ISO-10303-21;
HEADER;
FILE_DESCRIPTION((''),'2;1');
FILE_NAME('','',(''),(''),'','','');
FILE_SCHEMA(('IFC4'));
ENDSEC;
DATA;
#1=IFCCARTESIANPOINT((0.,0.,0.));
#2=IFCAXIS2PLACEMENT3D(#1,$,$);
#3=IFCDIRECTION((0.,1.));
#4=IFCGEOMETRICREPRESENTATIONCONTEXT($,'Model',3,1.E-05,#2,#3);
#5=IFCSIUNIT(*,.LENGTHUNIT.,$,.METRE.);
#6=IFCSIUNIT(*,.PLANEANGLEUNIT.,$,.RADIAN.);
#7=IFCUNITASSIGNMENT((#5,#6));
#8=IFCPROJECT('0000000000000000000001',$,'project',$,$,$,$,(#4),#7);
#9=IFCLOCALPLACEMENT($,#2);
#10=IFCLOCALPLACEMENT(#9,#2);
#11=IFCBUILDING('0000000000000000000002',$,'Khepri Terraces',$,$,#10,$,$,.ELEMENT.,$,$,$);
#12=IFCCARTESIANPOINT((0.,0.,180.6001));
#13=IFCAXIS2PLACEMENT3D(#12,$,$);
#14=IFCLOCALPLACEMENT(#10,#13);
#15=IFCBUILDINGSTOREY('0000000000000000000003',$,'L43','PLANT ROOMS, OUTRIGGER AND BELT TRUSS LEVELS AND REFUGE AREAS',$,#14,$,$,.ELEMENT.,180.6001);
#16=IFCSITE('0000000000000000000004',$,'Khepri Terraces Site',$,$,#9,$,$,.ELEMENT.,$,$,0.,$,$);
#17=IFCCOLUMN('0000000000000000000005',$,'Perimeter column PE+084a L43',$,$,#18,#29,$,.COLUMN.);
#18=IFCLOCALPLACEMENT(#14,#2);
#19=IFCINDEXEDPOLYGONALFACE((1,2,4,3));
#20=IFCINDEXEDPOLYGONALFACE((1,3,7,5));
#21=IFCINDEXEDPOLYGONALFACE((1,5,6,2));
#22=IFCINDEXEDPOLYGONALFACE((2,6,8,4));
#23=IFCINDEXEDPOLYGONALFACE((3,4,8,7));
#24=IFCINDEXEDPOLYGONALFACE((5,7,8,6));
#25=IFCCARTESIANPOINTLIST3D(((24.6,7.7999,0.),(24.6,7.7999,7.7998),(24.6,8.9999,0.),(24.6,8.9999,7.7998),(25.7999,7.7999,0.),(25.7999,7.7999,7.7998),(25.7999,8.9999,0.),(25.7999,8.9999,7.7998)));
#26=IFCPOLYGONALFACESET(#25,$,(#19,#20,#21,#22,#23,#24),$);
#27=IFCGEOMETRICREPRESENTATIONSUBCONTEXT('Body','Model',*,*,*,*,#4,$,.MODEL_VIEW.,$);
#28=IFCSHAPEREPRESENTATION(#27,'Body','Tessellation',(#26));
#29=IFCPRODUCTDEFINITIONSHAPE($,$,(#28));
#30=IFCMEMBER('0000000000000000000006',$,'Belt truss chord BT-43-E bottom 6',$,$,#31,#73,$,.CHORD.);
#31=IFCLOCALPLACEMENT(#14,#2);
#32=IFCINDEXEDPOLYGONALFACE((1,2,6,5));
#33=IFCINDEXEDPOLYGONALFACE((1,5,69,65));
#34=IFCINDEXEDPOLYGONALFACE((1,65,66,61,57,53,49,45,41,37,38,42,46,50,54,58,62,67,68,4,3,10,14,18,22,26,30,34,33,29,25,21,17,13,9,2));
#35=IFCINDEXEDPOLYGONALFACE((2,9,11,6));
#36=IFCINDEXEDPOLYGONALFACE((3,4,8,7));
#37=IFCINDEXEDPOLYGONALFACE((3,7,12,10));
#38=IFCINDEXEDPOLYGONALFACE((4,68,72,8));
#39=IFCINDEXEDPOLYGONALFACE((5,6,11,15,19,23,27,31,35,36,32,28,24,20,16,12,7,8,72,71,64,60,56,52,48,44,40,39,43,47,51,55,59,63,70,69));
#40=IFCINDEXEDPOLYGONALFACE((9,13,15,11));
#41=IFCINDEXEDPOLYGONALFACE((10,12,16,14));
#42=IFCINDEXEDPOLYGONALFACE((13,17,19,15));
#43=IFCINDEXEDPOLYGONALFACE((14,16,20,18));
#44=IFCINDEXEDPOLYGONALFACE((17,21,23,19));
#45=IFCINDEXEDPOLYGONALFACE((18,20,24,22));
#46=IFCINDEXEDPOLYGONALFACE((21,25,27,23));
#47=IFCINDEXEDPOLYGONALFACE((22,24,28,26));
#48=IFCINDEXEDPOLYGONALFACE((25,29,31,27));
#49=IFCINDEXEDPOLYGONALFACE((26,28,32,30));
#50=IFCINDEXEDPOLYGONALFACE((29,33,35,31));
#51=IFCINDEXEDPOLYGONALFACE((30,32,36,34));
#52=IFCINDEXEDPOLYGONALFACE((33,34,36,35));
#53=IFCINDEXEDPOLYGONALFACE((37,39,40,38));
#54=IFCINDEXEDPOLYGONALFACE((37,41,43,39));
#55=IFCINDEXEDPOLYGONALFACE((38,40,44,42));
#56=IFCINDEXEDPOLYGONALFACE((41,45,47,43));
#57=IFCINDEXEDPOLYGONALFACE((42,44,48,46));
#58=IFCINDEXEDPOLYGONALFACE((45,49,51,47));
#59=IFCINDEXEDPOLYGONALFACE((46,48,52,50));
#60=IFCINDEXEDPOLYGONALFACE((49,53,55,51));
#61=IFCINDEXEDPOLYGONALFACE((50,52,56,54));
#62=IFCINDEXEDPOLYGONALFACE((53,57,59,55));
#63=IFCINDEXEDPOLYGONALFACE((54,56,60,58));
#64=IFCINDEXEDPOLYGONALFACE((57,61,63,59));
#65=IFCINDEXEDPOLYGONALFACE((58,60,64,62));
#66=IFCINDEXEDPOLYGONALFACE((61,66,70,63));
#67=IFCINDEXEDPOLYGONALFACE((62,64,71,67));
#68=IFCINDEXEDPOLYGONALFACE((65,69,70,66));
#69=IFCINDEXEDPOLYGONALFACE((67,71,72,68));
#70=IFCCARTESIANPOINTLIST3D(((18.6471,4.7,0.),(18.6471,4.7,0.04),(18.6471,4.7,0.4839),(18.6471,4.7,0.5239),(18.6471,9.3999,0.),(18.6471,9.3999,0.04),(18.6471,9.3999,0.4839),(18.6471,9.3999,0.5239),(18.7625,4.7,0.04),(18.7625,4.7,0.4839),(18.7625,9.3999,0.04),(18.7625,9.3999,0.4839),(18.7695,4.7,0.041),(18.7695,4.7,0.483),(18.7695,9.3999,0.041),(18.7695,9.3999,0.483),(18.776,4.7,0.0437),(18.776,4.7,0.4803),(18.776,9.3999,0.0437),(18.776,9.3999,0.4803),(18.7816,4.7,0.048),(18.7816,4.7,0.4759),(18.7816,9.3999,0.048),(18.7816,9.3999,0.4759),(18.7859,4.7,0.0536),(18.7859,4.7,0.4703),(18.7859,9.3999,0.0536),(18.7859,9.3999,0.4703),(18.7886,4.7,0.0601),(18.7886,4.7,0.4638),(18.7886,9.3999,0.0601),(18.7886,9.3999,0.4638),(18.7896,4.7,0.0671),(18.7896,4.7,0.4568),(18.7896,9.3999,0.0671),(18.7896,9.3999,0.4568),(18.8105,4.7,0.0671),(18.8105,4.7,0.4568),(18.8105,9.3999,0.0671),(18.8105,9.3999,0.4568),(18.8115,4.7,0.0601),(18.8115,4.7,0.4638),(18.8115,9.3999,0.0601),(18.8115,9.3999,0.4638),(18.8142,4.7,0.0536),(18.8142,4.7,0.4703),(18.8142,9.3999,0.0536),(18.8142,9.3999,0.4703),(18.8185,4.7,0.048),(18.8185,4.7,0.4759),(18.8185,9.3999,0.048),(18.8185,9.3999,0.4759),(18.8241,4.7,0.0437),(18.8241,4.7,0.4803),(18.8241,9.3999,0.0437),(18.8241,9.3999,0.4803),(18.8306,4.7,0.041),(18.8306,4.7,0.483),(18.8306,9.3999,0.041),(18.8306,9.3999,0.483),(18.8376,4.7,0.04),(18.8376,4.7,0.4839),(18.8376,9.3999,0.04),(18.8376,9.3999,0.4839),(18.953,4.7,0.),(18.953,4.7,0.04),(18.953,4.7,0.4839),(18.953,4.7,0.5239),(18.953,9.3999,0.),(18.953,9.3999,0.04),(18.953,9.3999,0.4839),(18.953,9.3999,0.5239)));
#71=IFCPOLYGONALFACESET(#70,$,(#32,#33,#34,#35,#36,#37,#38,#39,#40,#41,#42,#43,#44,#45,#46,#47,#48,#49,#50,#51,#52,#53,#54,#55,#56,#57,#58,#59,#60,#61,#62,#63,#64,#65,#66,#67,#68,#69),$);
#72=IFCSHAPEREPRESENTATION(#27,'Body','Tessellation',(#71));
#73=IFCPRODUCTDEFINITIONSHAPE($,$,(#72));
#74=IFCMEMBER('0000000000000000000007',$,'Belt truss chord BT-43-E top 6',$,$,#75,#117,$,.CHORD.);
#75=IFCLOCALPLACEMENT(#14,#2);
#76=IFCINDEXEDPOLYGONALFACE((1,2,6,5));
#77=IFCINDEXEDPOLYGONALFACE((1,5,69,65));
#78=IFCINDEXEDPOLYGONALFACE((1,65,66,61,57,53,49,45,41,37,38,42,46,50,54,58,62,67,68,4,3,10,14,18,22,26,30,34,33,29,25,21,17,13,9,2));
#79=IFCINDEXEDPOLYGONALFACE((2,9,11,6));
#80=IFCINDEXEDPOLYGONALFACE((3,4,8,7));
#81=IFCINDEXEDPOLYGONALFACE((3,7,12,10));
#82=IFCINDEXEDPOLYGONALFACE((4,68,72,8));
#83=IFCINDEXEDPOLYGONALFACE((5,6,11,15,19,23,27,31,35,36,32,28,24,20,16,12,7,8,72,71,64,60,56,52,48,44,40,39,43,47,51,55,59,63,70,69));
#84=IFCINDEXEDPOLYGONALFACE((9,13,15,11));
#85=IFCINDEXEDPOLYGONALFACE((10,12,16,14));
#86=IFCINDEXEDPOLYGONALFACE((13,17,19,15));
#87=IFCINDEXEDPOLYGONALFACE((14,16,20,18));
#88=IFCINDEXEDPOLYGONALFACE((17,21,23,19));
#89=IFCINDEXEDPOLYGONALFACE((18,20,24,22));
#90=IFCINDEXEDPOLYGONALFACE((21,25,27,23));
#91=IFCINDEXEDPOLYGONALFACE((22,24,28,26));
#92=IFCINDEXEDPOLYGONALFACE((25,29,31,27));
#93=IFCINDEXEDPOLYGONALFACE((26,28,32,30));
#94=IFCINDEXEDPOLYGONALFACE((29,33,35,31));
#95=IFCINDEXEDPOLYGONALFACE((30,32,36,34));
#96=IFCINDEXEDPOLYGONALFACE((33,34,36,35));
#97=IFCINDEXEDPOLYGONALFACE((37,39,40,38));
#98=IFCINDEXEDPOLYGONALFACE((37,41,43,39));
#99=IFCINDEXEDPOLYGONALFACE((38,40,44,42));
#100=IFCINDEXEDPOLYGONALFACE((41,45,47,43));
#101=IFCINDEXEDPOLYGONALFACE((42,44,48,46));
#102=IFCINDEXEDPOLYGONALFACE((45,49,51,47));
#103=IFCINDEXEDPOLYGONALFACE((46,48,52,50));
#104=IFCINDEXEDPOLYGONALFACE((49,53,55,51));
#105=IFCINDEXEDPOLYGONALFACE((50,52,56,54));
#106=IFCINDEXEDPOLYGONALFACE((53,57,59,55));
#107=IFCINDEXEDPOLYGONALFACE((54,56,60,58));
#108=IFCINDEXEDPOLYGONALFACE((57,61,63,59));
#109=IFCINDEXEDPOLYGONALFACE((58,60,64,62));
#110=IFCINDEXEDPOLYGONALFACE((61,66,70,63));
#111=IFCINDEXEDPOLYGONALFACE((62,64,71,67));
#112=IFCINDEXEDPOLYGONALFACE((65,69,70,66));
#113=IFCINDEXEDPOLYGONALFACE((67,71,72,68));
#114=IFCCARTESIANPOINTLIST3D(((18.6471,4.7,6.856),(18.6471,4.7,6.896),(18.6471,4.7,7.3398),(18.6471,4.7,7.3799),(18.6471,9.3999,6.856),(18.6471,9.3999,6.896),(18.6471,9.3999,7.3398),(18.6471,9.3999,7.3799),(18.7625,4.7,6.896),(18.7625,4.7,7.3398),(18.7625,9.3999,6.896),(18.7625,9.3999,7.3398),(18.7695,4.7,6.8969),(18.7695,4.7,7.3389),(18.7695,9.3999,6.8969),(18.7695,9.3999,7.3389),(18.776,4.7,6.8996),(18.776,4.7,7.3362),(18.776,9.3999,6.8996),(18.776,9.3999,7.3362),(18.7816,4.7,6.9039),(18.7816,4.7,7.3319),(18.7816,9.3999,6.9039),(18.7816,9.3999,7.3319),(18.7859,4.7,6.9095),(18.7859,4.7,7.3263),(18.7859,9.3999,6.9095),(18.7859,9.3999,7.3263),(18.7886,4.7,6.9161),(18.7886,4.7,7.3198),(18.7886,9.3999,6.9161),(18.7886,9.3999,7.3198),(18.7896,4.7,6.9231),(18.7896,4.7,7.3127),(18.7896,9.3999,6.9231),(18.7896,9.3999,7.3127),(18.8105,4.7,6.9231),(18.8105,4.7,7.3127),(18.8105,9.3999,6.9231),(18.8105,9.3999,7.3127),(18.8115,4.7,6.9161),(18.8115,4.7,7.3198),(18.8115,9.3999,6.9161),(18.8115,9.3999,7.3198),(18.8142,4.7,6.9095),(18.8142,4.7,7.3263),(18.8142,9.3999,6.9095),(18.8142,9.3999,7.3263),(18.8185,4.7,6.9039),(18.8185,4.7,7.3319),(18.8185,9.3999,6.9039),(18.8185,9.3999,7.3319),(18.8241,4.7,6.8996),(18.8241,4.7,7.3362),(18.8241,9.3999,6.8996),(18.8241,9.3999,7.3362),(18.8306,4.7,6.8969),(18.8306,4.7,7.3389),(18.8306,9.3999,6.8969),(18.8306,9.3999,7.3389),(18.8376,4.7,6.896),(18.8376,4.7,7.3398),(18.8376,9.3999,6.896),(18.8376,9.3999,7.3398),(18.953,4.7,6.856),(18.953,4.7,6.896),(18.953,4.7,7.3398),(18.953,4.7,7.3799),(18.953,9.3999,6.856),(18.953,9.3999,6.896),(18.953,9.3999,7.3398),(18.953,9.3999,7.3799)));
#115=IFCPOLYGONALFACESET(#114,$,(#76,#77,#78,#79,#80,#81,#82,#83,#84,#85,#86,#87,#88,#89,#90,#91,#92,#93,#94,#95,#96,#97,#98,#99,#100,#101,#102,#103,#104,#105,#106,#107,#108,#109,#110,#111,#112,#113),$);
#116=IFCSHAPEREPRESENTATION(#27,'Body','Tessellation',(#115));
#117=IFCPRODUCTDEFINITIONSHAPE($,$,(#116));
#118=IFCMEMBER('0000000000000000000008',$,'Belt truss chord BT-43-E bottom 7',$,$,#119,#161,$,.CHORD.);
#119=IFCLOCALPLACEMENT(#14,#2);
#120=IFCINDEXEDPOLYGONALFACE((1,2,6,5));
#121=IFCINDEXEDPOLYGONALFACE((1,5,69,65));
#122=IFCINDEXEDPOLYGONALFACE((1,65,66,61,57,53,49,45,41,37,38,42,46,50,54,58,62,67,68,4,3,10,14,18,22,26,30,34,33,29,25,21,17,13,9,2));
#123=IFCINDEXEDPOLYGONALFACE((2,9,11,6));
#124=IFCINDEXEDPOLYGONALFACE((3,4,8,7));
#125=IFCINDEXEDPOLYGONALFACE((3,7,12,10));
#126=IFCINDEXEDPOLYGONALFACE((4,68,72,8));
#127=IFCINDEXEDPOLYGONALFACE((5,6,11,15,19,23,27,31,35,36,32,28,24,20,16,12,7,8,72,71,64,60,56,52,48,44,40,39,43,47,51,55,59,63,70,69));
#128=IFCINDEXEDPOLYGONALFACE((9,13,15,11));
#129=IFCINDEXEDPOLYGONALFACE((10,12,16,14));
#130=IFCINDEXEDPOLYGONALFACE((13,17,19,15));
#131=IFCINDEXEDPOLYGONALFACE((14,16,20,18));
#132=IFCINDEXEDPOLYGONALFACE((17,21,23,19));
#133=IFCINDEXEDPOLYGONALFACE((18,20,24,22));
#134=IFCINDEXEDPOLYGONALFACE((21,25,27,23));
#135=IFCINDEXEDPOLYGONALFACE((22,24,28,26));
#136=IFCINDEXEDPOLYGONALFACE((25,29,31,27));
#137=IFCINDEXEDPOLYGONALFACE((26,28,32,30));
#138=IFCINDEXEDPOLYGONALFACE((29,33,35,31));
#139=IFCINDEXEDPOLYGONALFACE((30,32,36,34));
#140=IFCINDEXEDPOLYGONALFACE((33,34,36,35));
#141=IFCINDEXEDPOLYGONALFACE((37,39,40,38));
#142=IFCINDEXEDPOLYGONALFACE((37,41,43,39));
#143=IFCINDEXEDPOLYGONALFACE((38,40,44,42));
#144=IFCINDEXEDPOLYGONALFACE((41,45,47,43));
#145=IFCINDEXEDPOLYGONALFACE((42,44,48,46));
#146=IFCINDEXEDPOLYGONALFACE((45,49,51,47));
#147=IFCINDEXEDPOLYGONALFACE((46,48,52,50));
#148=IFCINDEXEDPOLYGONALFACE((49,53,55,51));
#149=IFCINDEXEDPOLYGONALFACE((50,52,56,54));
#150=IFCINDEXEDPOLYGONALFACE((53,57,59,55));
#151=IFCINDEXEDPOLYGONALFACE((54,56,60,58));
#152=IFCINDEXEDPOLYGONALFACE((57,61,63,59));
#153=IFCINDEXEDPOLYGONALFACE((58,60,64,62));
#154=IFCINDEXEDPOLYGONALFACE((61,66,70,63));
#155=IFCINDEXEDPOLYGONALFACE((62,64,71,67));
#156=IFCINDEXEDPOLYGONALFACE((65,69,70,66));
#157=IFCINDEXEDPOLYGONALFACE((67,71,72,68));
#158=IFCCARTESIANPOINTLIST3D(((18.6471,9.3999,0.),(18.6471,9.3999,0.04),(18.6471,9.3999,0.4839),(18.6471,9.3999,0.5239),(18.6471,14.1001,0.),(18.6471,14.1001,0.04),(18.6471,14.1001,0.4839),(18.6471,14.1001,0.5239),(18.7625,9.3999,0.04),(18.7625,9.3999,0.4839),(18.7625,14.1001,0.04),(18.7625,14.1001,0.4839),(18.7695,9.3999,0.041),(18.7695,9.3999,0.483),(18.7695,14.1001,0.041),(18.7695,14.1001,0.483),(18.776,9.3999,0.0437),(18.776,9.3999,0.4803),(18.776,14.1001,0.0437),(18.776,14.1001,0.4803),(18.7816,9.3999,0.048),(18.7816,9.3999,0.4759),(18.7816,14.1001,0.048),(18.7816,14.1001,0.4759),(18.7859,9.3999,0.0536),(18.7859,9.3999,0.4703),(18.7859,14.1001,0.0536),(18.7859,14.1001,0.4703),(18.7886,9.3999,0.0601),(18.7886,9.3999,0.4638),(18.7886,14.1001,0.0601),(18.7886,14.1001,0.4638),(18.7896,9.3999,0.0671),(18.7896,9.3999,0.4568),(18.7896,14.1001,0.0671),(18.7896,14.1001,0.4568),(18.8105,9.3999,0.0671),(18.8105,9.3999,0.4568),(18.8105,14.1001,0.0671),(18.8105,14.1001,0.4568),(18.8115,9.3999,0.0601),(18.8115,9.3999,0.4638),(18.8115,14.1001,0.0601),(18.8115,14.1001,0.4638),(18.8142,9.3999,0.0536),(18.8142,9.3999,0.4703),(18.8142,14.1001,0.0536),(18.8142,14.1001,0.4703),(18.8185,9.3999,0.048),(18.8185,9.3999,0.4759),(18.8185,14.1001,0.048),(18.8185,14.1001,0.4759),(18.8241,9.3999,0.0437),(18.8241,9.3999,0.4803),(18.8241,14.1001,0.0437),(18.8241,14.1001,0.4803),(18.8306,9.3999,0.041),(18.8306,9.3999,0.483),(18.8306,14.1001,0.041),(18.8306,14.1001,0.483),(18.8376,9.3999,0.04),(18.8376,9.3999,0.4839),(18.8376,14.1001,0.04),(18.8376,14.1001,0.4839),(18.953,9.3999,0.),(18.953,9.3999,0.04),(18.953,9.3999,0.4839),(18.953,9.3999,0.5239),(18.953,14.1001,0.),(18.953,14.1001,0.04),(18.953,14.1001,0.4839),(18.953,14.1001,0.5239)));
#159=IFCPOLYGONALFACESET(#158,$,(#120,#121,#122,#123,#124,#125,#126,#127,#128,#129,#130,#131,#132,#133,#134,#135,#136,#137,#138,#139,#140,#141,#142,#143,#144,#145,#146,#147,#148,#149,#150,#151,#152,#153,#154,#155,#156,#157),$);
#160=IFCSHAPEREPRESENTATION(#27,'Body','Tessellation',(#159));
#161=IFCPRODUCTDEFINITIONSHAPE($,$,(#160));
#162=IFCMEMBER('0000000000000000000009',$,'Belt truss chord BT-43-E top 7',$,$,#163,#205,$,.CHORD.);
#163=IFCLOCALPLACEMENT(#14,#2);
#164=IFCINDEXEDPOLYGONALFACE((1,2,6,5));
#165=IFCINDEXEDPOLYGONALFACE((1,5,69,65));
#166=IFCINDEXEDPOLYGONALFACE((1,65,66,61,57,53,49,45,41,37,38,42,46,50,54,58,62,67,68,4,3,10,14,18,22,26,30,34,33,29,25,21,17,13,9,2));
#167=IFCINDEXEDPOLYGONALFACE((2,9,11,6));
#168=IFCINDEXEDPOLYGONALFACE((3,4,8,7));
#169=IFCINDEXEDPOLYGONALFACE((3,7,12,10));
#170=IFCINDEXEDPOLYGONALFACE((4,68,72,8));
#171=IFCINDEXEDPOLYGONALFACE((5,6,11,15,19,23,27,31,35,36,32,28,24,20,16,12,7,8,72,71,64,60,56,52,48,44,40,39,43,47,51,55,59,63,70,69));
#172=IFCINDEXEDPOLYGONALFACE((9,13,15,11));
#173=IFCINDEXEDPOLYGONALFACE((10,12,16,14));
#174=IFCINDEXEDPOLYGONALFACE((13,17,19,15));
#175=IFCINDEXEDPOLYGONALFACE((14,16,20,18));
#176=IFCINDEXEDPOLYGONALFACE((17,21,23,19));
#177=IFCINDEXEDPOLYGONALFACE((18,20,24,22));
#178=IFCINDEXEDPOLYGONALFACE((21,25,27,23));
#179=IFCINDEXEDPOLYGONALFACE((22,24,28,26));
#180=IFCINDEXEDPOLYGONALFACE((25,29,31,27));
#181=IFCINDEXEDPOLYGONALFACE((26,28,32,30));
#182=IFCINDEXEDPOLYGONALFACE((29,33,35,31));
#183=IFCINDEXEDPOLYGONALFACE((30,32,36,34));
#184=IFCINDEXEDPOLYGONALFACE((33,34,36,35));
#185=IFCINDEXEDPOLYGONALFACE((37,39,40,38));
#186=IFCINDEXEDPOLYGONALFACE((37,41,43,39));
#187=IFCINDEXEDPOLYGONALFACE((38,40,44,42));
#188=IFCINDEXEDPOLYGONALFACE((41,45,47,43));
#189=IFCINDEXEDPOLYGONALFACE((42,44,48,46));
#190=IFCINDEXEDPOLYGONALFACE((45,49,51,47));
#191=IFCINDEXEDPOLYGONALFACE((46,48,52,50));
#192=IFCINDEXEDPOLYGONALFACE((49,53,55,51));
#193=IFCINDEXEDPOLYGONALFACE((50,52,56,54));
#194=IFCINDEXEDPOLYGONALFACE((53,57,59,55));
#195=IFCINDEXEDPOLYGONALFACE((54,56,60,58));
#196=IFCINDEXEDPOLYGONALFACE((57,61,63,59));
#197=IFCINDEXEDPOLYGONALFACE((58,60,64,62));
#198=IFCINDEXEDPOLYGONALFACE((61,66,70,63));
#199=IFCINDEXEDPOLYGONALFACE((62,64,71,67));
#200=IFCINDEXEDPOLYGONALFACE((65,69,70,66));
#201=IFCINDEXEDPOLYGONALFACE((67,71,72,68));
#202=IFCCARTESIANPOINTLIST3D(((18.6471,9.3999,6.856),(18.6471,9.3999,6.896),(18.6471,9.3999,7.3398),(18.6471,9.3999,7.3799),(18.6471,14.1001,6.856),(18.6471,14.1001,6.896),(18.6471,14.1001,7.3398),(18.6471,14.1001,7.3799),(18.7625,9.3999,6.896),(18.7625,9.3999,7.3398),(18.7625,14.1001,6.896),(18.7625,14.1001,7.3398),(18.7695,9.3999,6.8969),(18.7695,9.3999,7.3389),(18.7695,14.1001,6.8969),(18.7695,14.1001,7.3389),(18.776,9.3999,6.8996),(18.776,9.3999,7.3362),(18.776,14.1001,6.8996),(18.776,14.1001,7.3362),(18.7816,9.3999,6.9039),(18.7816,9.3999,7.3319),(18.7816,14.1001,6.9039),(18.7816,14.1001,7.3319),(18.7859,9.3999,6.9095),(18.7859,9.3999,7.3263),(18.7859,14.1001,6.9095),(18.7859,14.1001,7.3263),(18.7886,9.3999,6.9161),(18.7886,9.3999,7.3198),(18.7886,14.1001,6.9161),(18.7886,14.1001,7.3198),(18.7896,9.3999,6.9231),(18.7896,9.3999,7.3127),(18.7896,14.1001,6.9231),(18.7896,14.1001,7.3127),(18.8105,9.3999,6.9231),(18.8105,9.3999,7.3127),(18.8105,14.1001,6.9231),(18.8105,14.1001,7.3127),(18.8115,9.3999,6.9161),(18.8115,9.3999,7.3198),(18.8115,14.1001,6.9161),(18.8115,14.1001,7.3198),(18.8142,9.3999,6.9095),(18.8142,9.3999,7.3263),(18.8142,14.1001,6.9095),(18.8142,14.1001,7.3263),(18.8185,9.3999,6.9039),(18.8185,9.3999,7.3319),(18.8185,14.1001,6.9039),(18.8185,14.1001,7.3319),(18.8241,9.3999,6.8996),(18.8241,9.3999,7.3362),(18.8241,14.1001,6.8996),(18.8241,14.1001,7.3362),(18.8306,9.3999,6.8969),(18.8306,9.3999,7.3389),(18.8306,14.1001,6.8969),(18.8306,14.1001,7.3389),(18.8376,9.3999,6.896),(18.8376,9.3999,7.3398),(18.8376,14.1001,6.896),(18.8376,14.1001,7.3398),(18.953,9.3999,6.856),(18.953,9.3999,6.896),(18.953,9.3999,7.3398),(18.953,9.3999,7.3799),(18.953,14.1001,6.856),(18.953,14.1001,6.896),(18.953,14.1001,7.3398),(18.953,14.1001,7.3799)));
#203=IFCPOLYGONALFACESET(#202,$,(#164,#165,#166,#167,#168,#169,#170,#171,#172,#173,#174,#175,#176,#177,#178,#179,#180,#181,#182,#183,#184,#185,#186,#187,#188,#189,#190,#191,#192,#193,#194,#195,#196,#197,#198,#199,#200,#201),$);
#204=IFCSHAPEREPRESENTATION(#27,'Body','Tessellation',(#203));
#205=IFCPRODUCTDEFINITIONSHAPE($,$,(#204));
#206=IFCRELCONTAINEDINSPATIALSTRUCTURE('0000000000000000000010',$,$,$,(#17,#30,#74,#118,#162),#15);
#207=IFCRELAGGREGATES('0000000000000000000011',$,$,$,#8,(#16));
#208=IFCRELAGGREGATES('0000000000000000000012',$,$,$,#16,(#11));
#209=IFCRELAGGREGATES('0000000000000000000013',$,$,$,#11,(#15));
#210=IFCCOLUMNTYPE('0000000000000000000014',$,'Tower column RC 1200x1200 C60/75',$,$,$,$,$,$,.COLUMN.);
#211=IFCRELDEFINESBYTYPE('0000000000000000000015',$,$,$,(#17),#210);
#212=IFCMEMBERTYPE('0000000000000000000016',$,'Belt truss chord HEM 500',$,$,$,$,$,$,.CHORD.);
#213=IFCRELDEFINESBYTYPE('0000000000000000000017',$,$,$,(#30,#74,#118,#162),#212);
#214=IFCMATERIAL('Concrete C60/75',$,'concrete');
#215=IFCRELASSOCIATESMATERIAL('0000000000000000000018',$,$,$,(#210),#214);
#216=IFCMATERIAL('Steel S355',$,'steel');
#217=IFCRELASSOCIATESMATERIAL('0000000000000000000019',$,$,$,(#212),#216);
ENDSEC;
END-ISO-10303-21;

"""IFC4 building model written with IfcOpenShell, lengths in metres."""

from ifc_helpers import new_model, si_unit, direction, frame, origin, origin_2d, place, context, subcontext, project, spatial, rectangle, i_section, extrude, material, material_profile, profile_set, type_object, element, save


model = new_model("IFC4")

# Units and contexts
model_context = context("Model", 3, precision=1e-05, world=origin(), true_north=direction((0.0, 1.0)))
body_context = subcontext(model_context, "Body", "Model", "MODEL_VIEW")
ifc_project = project(units=[si_unit("LENGTHUNIT", "METRE"), si_unit("PLANEANGLEUNIT", "RADIAN")], contexts=[model_context])

# Site, building, storey
site_placement = place(None, origin())
site = spatial("IfcSite", under=ifc_project, at=site_placement, Name="Khepri Terraces Site", CompositionType="ELEMENT", RefElevation=0.0)
building_placement = place(site_placement, origin())
building = spatial("IfcBuilding", under=site, at=building_placement, Name="Khepri Terraces", CompositionType="ELEMENT")
storey_placement = place(building_placement, frame((0.0, 0.0, 180.6001)))
storey = spatial("IfcBuildingStorey", under=building, at=storey_placement, Name="L43", Description="PLANT ROOMS, OUTRIGGER AND BELT TRUSS LEVELS AND REFUGE AREAS", CompositionType="ELEMENT", Elevation=180.6001)

# Column
ifc_material_1 = material(Name="Concrete C60/75", Category="concrete")
ifc_material_profile_1 = material_profile(ifc_material_1, rectangle(XDim=1.2, YDim=1.2, at=origin_2d()), Name="Concrete C60/75", Category="concrete")
ifc_profile_set_1 = profile_set([ifc_material_profile_1], Name="Concrete C60/75")
column_type = type_object("IfcColumnType", Name="Tower column RC 1200x1200 C60/75", PredefinedType="COLUMN", material=ifc_profile_set_1)
column_placement = place(storey_placement, frame((25.2, 8.3999, 0.0), z_axis=(0.0, 0.0, 1.0), x_axis=(1.0, 0.0, 0.0)))
element("IfcColumn", 1, at=column_placement, inside=storey, type_object=column_type, Name="Perimeter column PE+084a L43", PredefinedType="COLUMN", context=body_context, shape_type="SweptSolid", body=[
    extrude(rectangle(XDim=1.2, YDim=1.2, at=origin_2d()), origin(), (0.0, 0.0, 1.0), 7.7998),
])

# Members
ifc_material_2 = material(Name="Steel S355", Category="steel")
ifc_material_profile_2 = material_profile(ifc_material_2, i_section(OverallWidth=0.3059, OverallDepth=0.5239, WebThickness=0.021, FlangeThickness=0.04, FilletRadius=0.0271, at=origin_2d()), Name="Steel S355", Category="steel")
ifc_profile_set_2 = profile_set([ifc_material_profile_2], Name="Steel S355")
member_type_1 = type_object("IfcMemberType", Name="Belt truss chord HEM 500", PredefinedType="CHORD", material=ifc_profile_set_2)
for number, where, z_axis, x_axis, name in (
    (2, (18.8, 4.7, 0.262), (0.0, 1.0, 0.0), (-1.0, 0.0, 0.0), "Belt truss chord BT-43-E bottom 6"),
    (3, (18.8, 4.7, 7.1179), (0.0, 1.0, 0.0), (-1.0, 0.0, 0.0), "Belt truss chord BT-43-E top 6"),
):
    element("IfcMember", number, at=place(storey_placement, frame(where, z_axis=z_axis, x_axis=x_axis)), inside=storey, type_object=member_type_1, Name=name, PredefinedType="CHORD", context=body_context, shape_type="SweptSolid", body=[
        extrude(i_section(OverallWidth=0.3059, OverallDepth=0.5239, WebThickness=0.021, FlangeThickness=0.04, FilletRadius=0.0271, at=origin_2d()), origin(), (0.0, 0.0, 1.0), 4.7),
    ])
for number, where, z_axis, x_axis, name in (
    (4, (18.8, 9.3999, 0.262), (0.0, 1.0, 0.0), (-1.0, 0.0, 0.0), "Belt truss chord BT-43-E bottom 7"),
    (5, (18.8, 9.3999, 7.1179), (0.0, 1.0, 0.0), (-1.0, 0.0, 0.0), "Belt truss chord BT-43-E top 7"),
):
    element("IfcMember", number, at=place(storey_placement, frame(where, z_axis=z_axis, x_axis=x_axis)), inside=storey, type_object=member_type_1, Name=name, PredefinedType="CHORD", context=body_context, shape_type="SweptSolid", body=[
        extrude(i_section(OverallWidth=0.3059, OverallDepth=0.5239, WebThickness=0.021, FlangeThickness=0.04, FilletRadius=0.0271, at=origin_2d()), origin(), (0.0, 0.0, 1.0), 4.7002),
    ])

save(model, "model.ifc")
